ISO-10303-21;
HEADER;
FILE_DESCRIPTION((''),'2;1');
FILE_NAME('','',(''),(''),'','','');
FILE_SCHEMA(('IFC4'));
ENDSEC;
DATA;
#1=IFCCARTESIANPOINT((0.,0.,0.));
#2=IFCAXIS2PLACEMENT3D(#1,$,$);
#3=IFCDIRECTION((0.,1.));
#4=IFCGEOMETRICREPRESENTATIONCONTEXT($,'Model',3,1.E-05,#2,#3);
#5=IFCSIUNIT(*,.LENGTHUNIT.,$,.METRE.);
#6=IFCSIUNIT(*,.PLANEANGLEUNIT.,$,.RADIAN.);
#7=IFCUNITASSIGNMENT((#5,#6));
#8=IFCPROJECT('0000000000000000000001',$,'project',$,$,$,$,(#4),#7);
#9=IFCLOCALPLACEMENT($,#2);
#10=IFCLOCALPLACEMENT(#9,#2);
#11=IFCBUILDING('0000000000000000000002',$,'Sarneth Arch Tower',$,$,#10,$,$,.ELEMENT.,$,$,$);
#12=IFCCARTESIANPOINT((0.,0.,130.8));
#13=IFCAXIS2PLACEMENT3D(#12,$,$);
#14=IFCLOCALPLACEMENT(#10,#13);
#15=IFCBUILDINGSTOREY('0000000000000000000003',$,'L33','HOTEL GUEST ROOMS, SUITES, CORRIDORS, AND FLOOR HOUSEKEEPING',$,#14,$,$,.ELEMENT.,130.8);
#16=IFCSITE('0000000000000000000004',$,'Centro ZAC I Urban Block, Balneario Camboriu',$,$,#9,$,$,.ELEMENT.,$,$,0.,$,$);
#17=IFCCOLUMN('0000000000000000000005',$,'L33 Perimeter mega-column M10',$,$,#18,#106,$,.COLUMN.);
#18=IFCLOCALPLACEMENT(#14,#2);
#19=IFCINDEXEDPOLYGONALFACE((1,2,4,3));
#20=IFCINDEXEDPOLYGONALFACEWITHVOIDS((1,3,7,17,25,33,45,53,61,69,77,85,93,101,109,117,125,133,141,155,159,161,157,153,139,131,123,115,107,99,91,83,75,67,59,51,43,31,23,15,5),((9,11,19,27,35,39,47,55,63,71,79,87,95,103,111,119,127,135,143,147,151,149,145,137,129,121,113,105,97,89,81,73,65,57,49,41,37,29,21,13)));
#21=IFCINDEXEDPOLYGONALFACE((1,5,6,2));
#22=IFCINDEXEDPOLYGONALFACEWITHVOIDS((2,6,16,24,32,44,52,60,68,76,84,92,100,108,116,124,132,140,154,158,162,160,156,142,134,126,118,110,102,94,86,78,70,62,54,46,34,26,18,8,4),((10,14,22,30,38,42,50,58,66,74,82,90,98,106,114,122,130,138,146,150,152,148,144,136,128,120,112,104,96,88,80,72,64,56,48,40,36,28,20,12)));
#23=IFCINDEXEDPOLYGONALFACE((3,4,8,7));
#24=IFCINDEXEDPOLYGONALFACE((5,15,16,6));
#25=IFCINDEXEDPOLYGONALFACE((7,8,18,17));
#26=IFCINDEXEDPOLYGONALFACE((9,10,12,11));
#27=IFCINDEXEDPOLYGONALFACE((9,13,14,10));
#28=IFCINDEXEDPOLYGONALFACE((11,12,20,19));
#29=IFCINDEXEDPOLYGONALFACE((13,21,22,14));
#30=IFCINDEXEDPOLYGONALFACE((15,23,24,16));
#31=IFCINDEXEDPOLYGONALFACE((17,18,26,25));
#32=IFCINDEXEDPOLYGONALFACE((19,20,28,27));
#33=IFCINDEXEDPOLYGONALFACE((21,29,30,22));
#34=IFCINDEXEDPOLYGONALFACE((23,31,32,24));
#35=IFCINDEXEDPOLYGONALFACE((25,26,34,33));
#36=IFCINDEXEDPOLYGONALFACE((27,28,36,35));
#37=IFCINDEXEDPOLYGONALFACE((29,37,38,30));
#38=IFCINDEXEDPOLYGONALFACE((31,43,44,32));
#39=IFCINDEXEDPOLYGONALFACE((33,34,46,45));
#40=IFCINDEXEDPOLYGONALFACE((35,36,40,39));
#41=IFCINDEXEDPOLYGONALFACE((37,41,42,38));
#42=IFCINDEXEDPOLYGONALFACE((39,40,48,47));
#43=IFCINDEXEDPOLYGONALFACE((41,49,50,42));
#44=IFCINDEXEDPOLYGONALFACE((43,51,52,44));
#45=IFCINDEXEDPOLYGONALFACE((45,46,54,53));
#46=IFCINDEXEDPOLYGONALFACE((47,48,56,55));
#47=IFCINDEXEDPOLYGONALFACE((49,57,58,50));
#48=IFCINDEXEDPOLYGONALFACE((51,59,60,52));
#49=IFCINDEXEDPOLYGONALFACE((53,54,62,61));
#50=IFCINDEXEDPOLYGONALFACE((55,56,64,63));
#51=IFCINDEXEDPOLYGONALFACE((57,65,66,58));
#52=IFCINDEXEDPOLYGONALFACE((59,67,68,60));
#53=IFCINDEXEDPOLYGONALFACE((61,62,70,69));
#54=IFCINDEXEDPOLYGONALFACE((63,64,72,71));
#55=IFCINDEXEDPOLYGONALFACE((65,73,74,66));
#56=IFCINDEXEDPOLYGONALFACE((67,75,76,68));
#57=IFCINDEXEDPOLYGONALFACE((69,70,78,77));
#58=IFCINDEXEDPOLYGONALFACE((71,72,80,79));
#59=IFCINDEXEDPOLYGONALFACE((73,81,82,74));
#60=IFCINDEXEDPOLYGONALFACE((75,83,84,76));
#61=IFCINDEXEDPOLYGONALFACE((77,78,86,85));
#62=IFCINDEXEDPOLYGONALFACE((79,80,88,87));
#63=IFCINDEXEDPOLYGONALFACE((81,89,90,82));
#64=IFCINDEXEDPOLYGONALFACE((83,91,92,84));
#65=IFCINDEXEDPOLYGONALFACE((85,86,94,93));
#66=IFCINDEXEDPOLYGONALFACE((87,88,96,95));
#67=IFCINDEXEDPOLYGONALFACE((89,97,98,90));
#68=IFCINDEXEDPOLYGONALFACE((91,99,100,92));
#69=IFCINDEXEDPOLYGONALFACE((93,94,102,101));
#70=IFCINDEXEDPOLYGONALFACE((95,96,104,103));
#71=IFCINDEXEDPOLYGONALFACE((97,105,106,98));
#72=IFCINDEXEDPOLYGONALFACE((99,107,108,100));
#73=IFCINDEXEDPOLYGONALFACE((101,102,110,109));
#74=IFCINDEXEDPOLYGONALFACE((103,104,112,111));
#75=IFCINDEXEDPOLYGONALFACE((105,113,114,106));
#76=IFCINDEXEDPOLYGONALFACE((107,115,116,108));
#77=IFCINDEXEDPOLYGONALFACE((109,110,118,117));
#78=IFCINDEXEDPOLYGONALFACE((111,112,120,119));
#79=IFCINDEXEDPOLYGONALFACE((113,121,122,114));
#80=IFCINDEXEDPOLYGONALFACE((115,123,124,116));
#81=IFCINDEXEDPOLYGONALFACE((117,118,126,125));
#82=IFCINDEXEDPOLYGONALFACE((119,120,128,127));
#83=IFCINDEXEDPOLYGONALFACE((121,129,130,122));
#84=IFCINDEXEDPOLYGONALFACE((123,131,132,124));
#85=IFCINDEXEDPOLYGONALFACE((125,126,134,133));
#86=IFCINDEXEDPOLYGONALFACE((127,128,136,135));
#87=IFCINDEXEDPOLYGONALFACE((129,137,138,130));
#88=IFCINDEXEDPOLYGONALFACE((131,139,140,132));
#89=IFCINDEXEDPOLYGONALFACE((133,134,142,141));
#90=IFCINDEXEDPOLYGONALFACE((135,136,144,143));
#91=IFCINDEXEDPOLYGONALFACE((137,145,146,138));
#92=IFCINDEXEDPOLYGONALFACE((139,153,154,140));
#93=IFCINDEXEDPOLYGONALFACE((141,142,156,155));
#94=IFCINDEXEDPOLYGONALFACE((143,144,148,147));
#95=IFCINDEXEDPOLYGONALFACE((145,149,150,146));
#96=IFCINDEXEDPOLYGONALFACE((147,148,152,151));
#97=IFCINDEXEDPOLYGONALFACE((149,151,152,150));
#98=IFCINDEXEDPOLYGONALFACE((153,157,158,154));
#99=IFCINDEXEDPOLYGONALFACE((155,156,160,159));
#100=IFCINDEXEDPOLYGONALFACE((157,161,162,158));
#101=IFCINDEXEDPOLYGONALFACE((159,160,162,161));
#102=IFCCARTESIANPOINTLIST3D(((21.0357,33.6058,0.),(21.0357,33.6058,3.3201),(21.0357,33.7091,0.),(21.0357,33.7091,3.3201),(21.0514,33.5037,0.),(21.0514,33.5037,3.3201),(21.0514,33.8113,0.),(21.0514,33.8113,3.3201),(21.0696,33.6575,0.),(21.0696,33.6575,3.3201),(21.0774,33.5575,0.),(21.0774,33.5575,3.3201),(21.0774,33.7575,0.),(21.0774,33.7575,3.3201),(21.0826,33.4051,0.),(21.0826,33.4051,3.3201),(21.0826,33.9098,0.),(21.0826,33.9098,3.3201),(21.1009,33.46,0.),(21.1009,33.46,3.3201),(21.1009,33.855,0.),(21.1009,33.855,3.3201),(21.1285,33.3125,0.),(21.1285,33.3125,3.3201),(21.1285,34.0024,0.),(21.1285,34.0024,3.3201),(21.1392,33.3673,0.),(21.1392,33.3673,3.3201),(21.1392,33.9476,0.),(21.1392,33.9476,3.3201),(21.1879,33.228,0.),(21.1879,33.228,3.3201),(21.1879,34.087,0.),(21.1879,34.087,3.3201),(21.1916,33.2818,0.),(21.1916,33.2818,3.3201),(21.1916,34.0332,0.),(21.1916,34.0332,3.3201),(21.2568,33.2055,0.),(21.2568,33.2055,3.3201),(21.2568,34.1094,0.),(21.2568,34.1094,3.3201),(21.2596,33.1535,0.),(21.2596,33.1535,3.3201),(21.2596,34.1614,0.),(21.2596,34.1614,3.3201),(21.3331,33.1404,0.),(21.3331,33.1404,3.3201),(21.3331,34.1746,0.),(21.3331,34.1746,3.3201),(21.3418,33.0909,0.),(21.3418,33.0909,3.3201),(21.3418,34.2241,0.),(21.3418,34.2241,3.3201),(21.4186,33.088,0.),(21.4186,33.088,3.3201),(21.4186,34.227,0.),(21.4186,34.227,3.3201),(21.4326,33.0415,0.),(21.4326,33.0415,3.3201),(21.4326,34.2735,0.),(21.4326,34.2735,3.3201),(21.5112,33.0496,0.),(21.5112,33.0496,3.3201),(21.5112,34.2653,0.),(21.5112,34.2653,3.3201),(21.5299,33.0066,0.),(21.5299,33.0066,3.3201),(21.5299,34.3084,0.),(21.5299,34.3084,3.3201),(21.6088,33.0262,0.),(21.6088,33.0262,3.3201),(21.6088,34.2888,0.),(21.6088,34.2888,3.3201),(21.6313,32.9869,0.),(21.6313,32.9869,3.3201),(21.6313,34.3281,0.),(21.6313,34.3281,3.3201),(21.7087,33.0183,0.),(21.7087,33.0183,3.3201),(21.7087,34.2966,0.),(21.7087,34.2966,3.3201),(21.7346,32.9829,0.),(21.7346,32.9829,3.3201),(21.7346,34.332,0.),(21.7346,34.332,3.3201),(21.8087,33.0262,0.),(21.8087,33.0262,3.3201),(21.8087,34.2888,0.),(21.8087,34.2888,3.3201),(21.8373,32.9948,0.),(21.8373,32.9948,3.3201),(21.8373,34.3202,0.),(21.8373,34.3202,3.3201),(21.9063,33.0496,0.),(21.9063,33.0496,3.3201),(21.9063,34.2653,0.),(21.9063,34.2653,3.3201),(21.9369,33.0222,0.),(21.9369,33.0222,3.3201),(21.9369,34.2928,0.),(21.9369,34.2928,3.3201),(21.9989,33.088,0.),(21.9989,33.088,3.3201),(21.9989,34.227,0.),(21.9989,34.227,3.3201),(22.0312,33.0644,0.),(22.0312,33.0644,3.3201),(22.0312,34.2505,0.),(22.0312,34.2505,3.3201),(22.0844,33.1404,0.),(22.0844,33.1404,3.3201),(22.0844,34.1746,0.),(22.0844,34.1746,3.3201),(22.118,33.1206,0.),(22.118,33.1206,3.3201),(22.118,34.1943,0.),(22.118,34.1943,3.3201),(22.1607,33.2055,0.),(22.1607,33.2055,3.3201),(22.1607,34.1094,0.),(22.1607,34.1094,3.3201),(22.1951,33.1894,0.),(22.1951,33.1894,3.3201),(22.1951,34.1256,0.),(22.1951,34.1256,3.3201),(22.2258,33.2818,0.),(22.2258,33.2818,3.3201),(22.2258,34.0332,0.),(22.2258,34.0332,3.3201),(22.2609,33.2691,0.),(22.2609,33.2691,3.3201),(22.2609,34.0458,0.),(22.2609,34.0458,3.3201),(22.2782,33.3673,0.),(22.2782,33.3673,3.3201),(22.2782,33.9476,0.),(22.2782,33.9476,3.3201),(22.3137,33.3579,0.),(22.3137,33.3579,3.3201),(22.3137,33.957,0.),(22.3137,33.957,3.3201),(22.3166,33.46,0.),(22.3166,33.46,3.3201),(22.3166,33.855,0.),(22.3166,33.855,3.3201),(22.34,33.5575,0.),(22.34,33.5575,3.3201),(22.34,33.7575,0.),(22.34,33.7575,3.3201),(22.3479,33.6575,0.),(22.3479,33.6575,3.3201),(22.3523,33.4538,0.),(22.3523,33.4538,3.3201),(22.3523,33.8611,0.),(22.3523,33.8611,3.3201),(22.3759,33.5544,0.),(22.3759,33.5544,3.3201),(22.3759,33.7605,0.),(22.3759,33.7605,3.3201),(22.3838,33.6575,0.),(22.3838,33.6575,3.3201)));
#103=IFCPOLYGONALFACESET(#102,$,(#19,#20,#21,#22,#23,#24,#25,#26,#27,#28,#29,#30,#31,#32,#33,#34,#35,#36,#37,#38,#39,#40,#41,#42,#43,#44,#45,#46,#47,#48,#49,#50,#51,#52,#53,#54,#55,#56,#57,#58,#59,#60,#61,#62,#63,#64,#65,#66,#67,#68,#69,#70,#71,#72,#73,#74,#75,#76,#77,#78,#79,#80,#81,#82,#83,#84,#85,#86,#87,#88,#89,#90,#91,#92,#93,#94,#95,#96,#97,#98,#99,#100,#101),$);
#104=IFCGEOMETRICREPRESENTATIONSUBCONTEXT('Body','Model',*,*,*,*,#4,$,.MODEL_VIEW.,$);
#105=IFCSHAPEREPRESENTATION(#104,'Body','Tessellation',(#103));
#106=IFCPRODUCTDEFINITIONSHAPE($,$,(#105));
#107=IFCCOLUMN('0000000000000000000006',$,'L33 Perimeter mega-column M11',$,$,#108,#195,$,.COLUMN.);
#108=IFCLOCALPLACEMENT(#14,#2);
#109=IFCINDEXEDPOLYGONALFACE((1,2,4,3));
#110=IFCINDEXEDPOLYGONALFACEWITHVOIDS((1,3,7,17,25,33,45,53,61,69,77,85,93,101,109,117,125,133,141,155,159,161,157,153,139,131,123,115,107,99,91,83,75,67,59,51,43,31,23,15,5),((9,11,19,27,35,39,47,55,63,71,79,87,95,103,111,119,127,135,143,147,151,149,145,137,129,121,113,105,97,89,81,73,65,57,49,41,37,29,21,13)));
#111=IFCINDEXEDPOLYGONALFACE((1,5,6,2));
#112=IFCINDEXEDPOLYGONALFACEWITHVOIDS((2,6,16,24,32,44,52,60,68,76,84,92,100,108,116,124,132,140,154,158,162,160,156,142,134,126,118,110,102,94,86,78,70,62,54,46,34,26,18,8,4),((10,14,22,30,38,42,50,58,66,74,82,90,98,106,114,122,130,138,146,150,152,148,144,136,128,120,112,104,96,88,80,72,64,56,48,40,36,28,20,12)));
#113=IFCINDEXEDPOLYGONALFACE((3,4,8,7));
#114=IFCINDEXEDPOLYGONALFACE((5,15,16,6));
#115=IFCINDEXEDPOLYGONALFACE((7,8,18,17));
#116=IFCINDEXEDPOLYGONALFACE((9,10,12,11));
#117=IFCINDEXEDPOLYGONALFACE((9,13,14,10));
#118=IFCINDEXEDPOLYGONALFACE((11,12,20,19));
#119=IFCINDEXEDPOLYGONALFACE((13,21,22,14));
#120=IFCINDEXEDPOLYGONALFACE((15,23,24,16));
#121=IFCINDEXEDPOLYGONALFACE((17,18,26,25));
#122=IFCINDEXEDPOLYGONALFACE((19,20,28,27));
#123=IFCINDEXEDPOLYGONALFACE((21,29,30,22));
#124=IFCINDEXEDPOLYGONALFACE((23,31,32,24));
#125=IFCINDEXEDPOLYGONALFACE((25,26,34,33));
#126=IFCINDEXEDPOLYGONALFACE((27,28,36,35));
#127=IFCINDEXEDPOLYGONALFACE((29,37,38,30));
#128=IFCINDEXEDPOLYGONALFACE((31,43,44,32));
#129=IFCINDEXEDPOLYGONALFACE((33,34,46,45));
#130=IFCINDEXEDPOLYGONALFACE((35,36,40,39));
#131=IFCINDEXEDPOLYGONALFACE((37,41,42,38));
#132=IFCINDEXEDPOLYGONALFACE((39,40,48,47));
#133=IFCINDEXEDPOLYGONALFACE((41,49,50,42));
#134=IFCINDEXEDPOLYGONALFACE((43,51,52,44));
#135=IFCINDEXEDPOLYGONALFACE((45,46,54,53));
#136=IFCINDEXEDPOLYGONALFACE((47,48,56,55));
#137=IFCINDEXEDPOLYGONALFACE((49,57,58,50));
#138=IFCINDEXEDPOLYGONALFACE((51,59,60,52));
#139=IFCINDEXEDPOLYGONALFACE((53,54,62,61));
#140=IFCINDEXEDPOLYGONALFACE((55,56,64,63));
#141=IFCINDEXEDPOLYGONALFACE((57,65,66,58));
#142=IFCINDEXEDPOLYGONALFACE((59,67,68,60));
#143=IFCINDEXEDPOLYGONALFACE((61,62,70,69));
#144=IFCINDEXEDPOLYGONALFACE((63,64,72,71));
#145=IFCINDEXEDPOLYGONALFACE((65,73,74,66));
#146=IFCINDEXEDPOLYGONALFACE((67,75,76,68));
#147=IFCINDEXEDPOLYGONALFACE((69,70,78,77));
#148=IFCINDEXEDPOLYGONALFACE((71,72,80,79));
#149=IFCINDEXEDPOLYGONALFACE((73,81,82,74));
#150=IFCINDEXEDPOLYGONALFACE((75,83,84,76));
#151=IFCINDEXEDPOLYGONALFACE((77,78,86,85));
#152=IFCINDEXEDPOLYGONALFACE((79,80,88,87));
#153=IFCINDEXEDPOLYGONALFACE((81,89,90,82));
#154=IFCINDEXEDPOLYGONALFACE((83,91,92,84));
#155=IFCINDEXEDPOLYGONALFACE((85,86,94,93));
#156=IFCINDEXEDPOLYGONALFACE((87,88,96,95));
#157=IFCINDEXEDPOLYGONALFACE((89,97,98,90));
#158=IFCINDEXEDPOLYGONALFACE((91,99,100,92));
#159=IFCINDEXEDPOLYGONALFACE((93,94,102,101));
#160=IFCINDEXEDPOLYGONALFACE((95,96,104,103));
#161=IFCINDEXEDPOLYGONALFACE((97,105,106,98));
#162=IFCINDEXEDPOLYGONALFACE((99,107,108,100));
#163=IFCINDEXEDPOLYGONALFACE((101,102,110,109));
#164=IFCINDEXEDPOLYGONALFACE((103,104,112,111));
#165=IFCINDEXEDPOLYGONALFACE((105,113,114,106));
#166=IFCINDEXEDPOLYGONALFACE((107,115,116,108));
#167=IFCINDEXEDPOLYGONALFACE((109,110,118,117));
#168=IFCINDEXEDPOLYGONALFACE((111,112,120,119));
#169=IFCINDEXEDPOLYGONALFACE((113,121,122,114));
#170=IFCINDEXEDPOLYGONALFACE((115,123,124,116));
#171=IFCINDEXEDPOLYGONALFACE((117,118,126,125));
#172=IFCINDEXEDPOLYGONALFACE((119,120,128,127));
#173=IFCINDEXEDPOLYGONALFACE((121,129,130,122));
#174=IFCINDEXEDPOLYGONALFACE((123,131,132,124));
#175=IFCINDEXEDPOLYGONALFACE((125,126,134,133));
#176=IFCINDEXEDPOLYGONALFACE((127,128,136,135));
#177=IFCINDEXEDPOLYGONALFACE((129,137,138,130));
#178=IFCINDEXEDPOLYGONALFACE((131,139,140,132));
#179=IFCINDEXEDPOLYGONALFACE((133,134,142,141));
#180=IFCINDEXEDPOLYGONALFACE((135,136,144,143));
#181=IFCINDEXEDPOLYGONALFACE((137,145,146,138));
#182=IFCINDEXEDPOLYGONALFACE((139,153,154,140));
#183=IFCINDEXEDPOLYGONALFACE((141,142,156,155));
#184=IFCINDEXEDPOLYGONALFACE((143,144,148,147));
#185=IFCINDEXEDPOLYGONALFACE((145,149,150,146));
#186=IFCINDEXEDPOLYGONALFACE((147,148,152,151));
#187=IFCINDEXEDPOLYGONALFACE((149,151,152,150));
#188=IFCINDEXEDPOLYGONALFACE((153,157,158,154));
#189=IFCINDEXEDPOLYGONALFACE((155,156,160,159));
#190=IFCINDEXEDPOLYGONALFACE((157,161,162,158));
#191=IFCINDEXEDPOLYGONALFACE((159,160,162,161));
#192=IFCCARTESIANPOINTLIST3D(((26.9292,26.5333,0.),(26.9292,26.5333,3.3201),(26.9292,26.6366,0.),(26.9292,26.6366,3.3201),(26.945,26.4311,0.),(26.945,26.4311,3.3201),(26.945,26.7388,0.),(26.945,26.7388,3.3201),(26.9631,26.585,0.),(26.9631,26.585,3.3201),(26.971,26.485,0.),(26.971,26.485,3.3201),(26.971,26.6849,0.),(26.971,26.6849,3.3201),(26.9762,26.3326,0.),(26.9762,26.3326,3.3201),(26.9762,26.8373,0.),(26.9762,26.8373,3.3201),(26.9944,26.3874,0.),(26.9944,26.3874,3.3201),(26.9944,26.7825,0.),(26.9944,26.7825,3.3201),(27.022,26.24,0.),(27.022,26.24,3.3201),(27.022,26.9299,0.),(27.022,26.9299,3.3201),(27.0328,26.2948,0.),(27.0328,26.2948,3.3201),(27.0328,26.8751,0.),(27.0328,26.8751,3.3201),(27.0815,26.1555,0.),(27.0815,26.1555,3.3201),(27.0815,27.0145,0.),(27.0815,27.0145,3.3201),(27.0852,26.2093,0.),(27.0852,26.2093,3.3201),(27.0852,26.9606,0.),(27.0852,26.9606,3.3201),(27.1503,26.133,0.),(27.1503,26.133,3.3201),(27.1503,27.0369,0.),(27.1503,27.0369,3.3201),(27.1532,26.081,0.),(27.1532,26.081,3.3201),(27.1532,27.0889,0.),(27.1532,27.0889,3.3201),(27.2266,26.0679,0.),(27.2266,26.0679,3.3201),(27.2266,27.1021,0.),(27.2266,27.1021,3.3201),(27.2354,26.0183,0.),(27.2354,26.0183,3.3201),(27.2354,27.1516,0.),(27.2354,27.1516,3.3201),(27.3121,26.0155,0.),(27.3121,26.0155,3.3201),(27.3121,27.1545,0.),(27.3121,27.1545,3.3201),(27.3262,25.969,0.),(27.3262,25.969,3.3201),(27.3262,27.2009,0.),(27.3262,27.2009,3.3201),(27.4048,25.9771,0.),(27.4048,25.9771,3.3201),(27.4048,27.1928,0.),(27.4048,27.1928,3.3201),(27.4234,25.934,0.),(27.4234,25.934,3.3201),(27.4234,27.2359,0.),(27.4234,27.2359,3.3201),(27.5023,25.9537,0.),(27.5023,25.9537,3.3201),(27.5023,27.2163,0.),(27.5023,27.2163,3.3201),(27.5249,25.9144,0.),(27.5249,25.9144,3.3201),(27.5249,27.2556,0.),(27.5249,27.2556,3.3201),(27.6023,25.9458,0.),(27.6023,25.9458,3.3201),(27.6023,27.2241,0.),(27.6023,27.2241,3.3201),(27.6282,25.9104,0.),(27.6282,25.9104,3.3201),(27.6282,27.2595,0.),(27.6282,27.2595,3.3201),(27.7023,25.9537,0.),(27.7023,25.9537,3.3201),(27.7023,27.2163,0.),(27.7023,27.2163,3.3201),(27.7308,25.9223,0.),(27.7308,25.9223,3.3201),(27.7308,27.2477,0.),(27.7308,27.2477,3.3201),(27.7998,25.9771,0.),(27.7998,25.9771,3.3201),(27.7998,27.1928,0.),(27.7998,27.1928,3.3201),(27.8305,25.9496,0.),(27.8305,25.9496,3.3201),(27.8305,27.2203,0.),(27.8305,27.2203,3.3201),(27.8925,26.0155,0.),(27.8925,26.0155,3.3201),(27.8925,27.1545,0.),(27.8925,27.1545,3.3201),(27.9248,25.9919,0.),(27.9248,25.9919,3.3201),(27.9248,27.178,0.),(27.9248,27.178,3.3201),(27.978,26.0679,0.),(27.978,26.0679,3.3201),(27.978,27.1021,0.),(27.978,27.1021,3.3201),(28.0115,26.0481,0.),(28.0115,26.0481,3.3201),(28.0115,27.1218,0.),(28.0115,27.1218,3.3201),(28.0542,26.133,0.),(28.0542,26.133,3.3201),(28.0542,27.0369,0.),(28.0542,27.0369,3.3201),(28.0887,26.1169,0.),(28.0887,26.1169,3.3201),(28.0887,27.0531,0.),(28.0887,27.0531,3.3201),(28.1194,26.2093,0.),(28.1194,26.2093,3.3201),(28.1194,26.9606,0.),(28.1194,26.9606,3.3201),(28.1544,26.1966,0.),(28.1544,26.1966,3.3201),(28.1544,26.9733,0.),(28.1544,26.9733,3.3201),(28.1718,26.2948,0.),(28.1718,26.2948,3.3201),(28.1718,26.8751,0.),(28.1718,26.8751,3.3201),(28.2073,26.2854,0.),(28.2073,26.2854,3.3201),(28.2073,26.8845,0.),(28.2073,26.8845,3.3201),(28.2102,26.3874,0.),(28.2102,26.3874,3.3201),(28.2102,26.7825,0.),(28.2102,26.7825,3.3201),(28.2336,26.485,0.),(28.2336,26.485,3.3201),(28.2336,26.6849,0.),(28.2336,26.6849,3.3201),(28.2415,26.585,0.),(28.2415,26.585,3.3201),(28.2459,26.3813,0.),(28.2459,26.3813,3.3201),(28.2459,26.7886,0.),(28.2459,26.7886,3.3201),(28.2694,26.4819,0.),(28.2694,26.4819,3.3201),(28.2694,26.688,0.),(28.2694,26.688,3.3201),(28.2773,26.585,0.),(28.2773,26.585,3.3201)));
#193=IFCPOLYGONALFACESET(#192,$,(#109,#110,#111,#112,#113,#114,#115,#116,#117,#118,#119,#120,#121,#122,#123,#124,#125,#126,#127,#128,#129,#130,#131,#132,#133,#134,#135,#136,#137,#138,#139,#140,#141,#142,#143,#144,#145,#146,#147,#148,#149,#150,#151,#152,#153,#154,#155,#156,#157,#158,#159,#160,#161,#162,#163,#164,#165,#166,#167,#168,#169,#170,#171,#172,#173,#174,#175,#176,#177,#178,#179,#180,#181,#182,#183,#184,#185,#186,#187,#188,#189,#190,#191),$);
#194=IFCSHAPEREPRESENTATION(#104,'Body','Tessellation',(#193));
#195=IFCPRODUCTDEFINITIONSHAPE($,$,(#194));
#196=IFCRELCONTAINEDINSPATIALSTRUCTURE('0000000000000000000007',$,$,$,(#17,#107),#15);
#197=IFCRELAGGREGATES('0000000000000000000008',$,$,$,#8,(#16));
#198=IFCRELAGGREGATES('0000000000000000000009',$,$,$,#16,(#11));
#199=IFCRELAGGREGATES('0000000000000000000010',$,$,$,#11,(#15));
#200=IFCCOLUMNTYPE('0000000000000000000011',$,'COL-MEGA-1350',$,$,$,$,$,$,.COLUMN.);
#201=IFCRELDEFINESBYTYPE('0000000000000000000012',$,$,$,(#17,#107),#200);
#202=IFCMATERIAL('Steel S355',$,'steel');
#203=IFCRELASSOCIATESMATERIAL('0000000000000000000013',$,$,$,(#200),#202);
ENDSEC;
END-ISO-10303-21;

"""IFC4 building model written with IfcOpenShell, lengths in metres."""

from ifc_helpers import new_model, si_unit, direction, frame, origin, origin_2d, place, context, subcontext, project, spatial, hollow_circle, extrude, material, material_profile, profile_set, type_object, element, save


model = new_model("IFC4")

# Units and contexts
model_context = context("Model", 3, precision=1e-05, world=origin(), true_north=direction((0.0, 1.0)))
body_context = subcontext(model_context, "Body", "Model", "MODEL_VIEW")
ifc_project = project(units=[si_unit("LENGTHUNIT", "METRE"), si_unit("PLANEANGLEUNIT", "RADIAN")], contexts=[model_context])

# Site, building, storey
site_placement = place(None, origin())
site = spatial("IfcSite", under=ifc_project, at=site_placement, Name="Centro ZAC I Urban Block, Balneario Camboriu", CompositionType="ELEMENT", RefElevation=0.0)
building_placement = place(site_placement, origin())
building = spatial("IfcBuilding", under=site, at=building_placement, Name="Sarneth Arch Tower", CompositionType="ELEMENT")
storey_placement = place(building_placement, frame((0.0, 0.0, 130.8)))
storey = spatial("IfcBuildingStorey", under=building, at=storey_placement, Name="L33", Description="HOTEL GUEST ROOMS, SUITES, CORRIDORS, AND FLOOR HOUSEKEEPING", CompositionType="ELEMENT", Elevation=130.8)

# Columns
ifc_material_1 = material(Name="Steel S355", Category="steel")
ifc_material_profile_1 = material_profile(ifc_material_1, hollow_circle(Radius=0.675, WallThickness=0.0359, at=origin_2d()), Name="CHS1350x36")
ifc_profile_set_1 = profile_set([ifc_material_profile_1], Name="Steel S355")
column_type = type_object("IfcColumnType", Name="COL-MEGA-1350", PredefinedType="COLUMN", material=ifc_profile_set_1)
for number, where, z_axis, x_axis, name in (
    (1, (21.7087, 33.6575, 0.0), (0.0, 0.0, 1.0), (1.0, 0.0, 0.0), "L33 Perimeter mega-column M10"),
    (2, (27.6023, 26.585, 0.0), (0.0, 0.0, 1.0), (1.0, 0.0, 0.0), "L33 Perimeter mega-column M11"),
):
    element("IfcColumn", number, at=place(storey_placement, frame(where, z_axis=z_axis, x_axis=x_axis)), inside=storey, type_object=column_type, Name=name, PredefinedType="COLUMN", context=body_context, shape_type="SweptSolid", body=[
        extrude(hollow_circle(Radius=0.675, WallThickness=0.0359, at=origin_2d()), origin(), (0.0, 0.0, 1.0), 3.3201),
    ])

save(model, "model.ifc")
